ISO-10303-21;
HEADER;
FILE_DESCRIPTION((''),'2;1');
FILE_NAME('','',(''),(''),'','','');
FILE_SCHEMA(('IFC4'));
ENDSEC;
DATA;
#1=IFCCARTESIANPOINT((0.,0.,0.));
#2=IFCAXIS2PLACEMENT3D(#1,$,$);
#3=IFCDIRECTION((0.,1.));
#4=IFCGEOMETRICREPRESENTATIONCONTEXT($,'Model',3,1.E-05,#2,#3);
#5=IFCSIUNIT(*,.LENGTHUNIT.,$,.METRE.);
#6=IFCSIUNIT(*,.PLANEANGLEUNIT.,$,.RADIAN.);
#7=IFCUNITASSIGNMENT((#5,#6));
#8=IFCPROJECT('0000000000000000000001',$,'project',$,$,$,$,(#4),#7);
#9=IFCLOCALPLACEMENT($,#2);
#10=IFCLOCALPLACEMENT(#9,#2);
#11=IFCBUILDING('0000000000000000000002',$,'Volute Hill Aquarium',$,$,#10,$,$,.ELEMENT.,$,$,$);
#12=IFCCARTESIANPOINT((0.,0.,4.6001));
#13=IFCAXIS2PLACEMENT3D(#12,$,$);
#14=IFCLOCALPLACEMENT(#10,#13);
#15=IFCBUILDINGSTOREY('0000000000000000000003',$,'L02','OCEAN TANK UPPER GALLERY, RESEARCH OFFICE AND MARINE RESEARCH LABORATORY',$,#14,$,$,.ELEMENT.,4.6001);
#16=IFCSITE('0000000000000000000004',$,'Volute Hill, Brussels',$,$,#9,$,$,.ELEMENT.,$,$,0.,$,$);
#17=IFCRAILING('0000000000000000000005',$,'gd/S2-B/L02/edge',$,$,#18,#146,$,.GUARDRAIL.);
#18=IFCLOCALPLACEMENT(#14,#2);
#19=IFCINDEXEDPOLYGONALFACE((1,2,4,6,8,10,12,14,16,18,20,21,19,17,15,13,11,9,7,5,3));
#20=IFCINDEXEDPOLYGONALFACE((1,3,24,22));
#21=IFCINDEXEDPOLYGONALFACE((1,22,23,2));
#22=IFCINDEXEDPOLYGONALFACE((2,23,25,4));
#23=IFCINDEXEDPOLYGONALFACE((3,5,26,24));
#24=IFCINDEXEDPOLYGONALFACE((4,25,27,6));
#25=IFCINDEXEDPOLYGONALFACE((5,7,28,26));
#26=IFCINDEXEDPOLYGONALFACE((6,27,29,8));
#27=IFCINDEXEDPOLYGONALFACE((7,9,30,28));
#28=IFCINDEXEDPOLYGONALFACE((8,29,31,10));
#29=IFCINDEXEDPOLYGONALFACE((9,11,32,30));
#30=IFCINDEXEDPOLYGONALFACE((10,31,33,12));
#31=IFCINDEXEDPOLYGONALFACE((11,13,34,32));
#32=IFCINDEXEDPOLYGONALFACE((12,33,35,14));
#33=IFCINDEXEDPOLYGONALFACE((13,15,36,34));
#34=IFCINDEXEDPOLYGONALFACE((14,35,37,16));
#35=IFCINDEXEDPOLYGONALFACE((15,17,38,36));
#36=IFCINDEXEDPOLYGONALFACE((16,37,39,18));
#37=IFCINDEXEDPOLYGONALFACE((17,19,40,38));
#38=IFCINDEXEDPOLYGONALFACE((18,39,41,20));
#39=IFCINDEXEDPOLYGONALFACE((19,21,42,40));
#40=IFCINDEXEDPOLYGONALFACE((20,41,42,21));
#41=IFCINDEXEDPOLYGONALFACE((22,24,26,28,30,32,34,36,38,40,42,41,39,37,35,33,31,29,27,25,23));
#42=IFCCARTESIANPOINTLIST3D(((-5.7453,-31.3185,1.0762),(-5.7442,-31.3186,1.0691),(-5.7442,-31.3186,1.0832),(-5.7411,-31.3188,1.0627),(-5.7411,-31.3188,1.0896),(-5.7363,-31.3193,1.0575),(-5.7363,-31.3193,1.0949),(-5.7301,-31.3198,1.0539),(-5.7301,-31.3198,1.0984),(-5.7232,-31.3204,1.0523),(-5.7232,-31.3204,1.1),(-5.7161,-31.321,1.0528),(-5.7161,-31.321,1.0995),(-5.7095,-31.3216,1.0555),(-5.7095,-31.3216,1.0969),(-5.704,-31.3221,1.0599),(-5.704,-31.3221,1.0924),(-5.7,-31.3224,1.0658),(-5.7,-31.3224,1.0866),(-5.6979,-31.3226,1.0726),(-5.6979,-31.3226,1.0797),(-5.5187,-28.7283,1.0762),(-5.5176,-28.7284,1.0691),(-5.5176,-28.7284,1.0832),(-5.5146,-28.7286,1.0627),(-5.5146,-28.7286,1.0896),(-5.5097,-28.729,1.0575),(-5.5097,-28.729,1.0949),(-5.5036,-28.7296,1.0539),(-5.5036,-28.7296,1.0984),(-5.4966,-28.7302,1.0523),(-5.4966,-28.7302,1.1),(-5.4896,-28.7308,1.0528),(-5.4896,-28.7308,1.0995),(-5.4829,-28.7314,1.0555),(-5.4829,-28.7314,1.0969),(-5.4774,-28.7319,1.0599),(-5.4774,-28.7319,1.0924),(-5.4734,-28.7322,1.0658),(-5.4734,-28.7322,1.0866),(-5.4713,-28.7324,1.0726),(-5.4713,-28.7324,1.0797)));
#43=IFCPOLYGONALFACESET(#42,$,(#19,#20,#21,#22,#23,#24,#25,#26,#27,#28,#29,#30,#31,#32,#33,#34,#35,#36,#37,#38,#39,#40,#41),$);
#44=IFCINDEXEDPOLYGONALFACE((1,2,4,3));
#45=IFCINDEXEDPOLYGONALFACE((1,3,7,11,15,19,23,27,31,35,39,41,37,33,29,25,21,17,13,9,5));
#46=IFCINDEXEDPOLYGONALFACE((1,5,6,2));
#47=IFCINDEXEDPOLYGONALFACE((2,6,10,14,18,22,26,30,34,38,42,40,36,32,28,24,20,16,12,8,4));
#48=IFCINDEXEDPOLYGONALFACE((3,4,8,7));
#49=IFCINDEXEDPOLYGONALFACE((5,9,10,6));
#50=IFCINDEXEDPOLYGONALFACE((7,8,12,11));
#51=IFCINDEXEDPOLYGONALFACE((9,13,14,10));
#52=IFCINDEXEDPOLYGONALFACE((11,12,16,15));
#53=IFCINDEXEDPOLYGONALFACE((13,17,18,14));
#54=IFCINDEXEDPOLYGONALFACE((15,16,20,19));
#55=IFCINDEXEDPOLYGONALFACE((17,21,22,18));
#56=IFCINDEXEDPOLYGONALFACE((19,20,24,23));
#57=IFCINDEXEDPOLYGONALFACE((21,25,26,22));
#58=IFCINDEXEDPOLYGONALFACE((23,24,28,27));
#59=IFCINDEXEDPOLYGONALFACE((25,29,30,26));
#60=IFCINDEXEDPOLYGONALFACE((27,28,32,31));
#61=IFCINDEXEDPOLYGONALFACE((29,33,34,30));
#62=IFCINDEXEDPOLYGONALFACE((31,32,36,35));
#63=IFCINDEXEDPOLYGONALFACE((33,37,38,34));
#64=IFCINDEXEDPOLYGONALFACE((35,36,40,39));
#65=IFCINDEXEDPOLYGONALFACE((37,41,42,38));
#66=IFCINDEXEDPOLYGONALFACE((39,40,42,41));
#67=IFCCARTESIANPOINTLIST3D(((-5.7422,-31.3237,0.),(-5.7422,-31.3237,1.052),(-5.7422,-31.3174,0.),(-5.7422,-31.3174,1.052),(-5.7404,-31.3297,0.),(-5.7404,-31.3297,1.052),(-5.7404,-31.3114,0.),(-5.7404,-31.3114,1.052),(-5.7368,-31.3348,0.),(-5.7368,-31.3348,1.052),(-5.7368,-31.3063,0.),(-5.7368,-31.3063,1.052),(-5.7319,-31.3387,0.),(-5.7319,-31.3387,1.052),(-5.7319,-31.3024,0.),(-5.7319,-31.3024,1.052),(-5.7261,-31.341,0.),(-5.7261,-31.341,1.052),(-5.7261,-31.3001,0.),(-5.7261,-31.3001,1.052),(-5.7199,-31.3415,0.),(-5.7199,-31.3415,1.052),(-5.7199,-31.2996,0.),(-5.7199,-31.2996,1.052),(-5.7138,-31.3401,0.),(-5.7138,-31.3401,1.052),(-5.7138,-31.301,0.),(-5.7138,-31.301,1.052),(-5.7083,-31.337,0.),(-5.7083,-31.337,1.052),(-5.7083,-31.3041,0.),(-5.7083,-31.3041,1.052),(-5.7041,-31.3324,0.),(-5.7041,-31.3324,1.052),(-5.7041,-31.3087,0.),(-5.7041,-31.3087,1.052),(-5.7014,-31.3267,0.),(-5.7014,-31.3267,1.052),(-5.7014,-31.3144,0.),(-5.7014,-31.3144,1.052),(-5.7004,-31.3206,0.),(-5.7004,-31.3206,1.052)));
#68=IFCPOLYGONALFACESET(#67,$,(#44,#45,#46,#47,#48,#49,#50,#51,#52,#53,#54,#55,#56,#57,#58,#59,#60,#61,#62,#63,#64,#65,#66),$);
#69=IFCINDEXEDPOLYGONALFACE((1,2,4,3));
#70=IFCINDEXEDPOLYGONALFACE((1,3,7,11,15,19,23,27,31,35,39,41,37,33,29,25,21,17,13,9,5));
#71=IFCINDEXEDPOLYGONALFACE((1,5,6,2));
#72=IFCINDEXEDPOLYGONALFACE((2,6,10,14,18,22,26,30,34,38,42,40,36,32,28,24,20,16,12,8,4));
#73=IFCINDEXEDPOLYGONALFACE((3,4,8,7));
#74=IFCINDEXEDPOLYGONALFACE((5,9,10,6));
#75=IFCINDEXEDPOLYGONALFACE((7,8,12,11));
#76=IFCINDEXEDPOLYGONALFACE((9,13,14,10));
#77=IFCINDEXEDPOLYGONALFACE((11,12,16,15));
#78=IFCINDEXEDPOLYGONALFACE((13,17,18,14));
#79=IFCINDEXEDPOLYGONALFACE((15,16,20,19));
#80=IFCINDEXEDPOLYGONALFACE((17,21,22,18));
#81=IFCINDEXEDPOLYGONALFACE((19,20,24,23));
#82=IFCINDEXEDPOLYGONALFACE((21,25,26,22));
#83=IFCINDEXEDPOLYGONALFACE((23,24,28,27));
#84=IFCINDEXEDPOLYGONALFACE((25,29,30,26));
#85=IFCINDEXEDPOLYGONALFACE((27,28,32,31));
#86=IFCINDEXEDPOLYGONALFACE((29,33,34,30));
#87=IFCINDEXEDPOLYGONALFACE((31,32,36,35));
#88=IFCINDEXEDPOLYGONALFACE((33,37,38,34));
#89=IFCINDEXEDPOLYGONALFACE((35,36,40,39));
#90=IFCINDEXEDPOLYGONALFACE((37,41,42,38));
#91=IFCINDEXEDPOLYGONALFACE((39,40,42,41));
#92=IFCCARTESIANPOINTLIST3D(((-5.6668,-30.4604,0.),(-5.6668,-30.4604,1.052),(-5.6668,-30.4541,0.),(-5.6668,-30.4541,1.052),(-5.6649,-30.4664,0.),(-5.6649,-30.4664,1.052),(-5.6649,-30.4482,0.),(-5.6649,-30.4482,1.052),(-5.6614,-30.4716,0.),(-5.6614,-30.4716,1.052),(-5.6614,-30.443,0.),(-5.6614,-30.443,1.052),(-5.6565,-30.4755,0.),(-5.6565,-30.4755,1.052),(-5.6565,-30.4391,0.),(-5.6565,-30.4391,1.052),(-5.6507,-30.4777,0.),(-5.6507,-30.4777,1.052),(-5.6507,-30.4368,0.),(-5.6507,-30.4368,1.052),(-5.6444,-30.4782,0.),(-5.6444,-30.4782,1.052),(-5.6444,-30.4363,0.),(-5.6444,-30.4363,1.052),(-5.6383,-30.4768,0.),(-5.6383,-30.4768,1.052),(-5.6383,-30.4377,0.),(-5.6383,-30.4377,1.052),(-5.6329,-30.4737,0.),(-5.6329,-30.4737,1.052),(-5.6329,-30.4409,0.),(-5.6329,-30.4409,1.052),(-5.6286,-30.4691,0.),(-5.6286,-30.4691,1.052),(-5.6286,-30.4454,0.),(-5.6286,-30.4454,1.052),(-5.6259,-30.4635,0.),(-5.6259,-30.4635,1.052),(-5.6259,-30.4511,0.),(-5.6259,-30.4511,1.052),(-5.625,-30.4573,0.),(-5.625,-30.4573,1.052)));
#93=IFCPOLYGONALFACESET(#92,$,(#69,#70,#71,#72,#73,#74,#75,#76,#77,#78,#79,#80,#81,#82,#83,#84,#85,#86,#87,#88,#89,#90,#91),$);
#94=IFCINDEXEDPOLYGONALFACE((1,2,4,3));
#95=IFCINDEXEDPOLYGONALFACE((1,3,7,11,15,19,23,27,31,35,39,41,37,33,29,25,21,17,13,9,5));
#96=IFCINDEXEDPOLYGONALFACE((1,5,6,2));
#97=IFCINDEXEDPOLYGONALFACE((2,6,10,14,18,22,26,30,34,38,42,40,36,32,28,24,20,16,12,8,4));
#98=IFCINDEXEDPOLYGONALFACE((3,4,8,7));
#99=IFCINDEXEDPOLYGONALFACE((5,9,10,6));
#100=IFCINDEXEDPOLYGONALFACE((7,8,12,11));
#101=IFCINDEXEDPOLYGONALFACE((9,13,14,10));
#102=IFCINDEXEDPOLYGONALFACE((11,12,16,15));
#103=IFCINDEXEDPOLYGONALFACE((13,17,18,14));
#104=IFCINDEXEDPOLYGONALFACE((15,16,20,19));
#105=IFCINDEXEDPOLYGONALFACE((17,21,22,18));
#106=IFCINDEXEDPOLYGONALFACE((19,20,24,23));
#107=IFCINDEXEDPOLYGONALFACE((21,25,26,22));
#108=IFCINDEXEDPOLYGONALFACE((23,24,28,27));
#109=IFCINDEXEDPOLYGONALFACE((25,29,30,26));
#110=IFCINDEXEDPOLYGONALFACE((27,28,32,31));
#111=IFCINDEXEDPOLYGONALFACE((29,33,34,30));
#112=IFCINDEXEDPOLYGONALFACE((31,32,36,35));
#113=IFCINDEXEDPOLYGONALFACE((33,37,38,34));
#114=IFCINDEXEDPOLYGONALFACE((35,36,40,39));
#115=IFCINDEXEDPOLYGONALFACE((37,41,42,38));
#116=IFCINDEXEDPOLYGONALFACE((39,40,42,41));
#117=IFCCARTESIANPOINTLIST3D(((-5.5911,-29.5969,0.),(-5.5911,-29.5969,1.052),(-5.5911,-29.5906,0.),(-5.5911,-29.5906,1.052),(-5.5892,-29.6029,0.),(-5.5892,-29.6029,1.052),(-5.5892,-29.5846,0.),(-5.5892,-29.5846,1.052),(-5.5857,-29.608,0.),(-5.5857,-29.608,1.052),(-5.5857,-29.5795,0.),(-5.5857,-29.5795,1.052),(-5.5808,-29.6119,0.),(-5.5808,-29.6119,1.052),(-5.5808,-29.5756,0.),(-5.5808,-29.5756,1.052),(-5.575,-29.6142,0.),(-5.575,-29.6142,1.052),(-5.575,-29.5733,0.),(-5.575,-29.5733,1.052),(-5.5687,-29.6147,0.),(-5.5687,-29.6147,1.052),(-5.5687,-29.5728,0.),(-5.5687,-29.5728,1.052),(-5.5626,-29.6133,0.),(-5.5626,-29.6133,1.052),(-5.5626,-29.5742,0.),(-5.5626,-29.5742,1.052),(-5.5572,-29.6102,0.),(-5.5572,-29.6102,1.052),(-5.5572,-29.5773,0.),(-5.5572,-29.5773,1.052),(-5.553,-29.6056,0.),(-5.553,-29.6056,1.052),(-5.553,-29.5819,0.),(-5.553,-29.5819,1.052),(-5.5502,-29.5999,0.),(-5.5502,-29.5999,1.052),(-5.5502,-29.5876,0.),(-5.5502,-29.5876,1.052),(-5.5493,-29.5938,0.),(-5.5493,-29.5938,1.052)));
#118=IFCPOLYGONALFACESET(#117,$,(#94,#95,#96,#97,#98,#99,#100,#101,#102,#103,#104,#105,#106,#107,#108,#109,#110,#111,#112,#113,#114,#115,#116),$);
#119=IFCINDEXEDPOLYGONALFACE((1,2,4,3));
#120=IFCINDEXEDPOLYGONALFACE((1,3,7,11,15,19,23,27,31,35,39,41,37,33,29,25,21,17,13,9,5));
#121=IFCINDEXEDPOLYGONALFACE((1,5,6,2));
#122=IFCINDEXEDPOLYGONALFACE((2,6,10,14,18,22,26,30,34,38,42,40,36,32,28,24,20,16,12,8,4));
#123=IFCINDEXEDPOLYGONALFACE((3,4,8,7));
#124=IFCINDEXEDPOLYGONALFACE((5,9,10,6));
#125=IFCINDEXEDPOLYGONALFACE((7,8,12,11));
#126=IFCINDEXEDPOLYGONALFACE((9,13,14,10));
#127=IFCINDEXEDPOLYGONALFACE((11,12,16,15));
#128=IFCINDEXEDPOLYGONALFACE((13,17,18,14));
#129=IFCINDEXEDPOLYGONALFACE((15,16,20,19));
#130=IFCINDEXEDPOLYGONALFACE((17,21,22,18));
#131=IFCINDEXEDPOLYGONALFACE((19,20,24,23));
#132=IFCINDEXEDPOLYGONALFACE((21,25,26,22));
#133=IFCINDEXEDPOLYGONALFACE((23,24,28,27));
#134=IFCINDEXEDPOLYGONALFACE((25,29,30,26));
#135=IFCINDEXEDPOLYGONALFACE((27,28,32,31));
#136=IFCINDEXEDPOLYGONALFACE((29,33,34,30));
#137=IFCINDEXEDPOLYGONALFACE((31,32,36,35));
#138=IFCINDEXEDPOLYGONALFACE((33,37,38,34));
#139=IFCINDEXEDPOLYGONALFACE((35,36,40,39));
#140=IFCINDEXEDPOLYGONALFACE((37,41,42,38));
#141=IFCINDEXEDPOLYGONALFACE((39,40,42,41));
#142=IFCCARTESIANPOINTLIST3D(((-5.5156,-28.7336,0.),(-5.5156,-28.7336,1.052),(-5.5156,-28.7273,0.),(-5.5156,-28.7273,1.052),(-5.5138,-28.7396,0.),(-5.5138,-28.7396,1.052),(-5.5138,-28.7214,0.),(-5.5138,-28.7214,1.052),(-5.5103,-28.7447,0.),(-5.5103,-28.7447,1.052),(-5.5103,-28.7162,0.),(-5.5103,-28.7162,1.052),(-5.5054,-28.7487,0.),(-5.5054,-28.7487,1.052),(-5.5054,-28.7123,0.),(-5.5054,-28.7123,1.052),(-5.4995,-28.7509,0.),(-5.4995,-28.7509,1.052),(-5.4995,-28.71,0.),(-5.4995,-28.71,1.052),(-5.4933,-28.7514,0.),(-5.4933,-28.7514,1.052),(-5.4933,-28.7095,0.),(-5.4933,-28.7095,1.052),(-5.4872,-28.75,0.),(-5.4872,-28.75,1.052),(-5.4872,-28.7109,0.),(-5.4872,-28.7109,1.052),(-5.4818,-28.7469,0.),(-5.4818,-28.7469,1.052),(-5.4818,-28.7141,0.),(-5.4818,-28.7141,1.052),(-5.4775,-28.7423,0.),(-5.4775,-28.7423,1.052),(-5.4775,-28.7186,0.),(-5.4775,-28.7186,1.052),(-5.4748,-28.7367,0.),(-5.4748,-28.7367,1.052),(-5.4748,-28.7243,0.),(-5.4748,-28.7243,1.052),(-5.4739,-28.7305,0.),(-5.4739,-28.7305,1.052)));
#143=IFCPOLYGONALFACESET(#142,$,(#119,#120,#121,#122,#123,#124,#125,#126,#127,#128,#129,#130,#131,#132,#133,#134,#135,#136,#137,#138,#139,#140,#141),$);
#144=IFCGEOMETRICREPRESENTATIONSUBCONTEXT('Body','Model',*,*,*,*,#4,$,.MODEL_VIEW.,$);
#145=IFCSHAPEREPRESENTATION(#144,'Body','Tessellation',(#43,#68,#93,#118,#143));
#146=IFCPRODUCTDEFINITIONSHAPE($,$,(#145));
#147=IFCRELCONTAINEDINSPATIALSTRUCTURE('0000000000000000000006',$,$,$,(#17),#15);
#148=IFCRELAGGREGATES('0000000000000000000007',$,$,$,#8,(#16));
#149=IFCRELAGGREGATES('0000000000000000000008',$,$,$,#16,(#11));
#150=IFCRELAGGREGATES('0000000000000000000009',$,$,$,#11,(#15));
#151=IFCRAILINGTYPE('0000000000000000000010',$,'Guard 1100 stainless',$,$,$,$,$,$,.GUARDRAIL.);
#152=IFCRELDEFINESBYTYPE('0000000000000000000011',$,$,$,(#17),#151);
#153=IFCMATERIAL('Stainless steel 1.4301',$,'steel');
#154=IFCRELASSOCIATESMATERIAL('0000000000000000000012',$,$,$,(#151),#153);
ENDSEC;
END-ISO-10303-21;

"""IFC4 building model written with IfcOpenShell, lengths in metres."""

from ifc_helpers import new_model, si_unit, direction, frame, origin, origin_2d, place, context, subcontext, project, spatial, circle, extrude, material, type_object, element, save


model = new_model("IFC4")

# Units and contexts
model_context = context("Model", 3, precision=1e-05, world=origin(), true_north=direction((0.0, 1.0)))
body_context = subcontext(model_context, "Body", "Model", "MODEL_VIEW")
ifc_project = project(units=[si_unit("LENGTHUNIT", "METRE"), si_unit("PLANEANGLEUNIT", "RADIAN")], contexts=[model_context])

# Site, building, storey
site_placement = place(None, origin())
site = spatial("IfcSite", under=ifc_project, at=site_placement, Name="Volute Hill, Brussels", CompositionType="ELEMENT", RefElevation=0.0)
building_placement = place(site_placement, origin())
building = spatial("IfcBuilding", under=site, at=building_placement, Name="Volute Hill Aquarium", CompositionType="ELEMENT")
storey_placement = place(building_placement, frame((0.0, 0.0, 4.6001)))
storey = spatial("IfcBuildingStorey", under=building, at=storey_placement, Name="L02", Description="OCEAN TANK UPPER GALLERY, RESEARCH OFFICE AND MARINE RESEARCH LABORATORY", CompositionType="ELEMENT", Elevation=4.6001)

# Railing
ifc_material_1 = material(Name="Stainless steel 1.4301", Category="steel")
railing_type = type_object("IfcRailingType", Name="Guard 1100 stainless", PredefinedType="GUARDRAIL", material=ifc_material_1)
railing_1_placement = place(storey_placement, frame((-5.7214, -31.3206, 0.0)))
element("IfcRailing", 1, at=railing_1_placement, inside=storey, type_object=railing_type, Name="gd/S2-B/L02/edge", PredefinedType="GUARDRAIL", context=body_context, shape_type="SweptSolid", body=[
    extrude(circle(Radius=0.0239, at=origin_2d()), frame((0.0, 0.0, 1.0762), z_axis=(0.08714, 0.996196, 0.0), x_axis=(-0.996196, 0.08714, 0.0)), (0.0, 0.0, 1.0), 2.6001),
    extrude(circle(Radius=0.021, at=origin_2d()), origin(), (0.0, 0.0, 1.0), 1.052),
    extrude(circle(Radius=0.021, at=origin_2d()), frame((0.0754, 0.8633, 0.0)), (0.0, 0.0, 1.0), 1.052),
    extrude(circle(Radius=0.021, at=origin_2d()), frame((0.1511, 1.7268, 0.0)), (0.0, 0.0, 1.0), 1.052),
    extrude(circle(Radius=0.021, at=origin_2d()), frame((0.2266, 2.5901, 0.0)), (0.0, 0.0, 1.0), 1.052),
])

save(model, "model.ifc")
